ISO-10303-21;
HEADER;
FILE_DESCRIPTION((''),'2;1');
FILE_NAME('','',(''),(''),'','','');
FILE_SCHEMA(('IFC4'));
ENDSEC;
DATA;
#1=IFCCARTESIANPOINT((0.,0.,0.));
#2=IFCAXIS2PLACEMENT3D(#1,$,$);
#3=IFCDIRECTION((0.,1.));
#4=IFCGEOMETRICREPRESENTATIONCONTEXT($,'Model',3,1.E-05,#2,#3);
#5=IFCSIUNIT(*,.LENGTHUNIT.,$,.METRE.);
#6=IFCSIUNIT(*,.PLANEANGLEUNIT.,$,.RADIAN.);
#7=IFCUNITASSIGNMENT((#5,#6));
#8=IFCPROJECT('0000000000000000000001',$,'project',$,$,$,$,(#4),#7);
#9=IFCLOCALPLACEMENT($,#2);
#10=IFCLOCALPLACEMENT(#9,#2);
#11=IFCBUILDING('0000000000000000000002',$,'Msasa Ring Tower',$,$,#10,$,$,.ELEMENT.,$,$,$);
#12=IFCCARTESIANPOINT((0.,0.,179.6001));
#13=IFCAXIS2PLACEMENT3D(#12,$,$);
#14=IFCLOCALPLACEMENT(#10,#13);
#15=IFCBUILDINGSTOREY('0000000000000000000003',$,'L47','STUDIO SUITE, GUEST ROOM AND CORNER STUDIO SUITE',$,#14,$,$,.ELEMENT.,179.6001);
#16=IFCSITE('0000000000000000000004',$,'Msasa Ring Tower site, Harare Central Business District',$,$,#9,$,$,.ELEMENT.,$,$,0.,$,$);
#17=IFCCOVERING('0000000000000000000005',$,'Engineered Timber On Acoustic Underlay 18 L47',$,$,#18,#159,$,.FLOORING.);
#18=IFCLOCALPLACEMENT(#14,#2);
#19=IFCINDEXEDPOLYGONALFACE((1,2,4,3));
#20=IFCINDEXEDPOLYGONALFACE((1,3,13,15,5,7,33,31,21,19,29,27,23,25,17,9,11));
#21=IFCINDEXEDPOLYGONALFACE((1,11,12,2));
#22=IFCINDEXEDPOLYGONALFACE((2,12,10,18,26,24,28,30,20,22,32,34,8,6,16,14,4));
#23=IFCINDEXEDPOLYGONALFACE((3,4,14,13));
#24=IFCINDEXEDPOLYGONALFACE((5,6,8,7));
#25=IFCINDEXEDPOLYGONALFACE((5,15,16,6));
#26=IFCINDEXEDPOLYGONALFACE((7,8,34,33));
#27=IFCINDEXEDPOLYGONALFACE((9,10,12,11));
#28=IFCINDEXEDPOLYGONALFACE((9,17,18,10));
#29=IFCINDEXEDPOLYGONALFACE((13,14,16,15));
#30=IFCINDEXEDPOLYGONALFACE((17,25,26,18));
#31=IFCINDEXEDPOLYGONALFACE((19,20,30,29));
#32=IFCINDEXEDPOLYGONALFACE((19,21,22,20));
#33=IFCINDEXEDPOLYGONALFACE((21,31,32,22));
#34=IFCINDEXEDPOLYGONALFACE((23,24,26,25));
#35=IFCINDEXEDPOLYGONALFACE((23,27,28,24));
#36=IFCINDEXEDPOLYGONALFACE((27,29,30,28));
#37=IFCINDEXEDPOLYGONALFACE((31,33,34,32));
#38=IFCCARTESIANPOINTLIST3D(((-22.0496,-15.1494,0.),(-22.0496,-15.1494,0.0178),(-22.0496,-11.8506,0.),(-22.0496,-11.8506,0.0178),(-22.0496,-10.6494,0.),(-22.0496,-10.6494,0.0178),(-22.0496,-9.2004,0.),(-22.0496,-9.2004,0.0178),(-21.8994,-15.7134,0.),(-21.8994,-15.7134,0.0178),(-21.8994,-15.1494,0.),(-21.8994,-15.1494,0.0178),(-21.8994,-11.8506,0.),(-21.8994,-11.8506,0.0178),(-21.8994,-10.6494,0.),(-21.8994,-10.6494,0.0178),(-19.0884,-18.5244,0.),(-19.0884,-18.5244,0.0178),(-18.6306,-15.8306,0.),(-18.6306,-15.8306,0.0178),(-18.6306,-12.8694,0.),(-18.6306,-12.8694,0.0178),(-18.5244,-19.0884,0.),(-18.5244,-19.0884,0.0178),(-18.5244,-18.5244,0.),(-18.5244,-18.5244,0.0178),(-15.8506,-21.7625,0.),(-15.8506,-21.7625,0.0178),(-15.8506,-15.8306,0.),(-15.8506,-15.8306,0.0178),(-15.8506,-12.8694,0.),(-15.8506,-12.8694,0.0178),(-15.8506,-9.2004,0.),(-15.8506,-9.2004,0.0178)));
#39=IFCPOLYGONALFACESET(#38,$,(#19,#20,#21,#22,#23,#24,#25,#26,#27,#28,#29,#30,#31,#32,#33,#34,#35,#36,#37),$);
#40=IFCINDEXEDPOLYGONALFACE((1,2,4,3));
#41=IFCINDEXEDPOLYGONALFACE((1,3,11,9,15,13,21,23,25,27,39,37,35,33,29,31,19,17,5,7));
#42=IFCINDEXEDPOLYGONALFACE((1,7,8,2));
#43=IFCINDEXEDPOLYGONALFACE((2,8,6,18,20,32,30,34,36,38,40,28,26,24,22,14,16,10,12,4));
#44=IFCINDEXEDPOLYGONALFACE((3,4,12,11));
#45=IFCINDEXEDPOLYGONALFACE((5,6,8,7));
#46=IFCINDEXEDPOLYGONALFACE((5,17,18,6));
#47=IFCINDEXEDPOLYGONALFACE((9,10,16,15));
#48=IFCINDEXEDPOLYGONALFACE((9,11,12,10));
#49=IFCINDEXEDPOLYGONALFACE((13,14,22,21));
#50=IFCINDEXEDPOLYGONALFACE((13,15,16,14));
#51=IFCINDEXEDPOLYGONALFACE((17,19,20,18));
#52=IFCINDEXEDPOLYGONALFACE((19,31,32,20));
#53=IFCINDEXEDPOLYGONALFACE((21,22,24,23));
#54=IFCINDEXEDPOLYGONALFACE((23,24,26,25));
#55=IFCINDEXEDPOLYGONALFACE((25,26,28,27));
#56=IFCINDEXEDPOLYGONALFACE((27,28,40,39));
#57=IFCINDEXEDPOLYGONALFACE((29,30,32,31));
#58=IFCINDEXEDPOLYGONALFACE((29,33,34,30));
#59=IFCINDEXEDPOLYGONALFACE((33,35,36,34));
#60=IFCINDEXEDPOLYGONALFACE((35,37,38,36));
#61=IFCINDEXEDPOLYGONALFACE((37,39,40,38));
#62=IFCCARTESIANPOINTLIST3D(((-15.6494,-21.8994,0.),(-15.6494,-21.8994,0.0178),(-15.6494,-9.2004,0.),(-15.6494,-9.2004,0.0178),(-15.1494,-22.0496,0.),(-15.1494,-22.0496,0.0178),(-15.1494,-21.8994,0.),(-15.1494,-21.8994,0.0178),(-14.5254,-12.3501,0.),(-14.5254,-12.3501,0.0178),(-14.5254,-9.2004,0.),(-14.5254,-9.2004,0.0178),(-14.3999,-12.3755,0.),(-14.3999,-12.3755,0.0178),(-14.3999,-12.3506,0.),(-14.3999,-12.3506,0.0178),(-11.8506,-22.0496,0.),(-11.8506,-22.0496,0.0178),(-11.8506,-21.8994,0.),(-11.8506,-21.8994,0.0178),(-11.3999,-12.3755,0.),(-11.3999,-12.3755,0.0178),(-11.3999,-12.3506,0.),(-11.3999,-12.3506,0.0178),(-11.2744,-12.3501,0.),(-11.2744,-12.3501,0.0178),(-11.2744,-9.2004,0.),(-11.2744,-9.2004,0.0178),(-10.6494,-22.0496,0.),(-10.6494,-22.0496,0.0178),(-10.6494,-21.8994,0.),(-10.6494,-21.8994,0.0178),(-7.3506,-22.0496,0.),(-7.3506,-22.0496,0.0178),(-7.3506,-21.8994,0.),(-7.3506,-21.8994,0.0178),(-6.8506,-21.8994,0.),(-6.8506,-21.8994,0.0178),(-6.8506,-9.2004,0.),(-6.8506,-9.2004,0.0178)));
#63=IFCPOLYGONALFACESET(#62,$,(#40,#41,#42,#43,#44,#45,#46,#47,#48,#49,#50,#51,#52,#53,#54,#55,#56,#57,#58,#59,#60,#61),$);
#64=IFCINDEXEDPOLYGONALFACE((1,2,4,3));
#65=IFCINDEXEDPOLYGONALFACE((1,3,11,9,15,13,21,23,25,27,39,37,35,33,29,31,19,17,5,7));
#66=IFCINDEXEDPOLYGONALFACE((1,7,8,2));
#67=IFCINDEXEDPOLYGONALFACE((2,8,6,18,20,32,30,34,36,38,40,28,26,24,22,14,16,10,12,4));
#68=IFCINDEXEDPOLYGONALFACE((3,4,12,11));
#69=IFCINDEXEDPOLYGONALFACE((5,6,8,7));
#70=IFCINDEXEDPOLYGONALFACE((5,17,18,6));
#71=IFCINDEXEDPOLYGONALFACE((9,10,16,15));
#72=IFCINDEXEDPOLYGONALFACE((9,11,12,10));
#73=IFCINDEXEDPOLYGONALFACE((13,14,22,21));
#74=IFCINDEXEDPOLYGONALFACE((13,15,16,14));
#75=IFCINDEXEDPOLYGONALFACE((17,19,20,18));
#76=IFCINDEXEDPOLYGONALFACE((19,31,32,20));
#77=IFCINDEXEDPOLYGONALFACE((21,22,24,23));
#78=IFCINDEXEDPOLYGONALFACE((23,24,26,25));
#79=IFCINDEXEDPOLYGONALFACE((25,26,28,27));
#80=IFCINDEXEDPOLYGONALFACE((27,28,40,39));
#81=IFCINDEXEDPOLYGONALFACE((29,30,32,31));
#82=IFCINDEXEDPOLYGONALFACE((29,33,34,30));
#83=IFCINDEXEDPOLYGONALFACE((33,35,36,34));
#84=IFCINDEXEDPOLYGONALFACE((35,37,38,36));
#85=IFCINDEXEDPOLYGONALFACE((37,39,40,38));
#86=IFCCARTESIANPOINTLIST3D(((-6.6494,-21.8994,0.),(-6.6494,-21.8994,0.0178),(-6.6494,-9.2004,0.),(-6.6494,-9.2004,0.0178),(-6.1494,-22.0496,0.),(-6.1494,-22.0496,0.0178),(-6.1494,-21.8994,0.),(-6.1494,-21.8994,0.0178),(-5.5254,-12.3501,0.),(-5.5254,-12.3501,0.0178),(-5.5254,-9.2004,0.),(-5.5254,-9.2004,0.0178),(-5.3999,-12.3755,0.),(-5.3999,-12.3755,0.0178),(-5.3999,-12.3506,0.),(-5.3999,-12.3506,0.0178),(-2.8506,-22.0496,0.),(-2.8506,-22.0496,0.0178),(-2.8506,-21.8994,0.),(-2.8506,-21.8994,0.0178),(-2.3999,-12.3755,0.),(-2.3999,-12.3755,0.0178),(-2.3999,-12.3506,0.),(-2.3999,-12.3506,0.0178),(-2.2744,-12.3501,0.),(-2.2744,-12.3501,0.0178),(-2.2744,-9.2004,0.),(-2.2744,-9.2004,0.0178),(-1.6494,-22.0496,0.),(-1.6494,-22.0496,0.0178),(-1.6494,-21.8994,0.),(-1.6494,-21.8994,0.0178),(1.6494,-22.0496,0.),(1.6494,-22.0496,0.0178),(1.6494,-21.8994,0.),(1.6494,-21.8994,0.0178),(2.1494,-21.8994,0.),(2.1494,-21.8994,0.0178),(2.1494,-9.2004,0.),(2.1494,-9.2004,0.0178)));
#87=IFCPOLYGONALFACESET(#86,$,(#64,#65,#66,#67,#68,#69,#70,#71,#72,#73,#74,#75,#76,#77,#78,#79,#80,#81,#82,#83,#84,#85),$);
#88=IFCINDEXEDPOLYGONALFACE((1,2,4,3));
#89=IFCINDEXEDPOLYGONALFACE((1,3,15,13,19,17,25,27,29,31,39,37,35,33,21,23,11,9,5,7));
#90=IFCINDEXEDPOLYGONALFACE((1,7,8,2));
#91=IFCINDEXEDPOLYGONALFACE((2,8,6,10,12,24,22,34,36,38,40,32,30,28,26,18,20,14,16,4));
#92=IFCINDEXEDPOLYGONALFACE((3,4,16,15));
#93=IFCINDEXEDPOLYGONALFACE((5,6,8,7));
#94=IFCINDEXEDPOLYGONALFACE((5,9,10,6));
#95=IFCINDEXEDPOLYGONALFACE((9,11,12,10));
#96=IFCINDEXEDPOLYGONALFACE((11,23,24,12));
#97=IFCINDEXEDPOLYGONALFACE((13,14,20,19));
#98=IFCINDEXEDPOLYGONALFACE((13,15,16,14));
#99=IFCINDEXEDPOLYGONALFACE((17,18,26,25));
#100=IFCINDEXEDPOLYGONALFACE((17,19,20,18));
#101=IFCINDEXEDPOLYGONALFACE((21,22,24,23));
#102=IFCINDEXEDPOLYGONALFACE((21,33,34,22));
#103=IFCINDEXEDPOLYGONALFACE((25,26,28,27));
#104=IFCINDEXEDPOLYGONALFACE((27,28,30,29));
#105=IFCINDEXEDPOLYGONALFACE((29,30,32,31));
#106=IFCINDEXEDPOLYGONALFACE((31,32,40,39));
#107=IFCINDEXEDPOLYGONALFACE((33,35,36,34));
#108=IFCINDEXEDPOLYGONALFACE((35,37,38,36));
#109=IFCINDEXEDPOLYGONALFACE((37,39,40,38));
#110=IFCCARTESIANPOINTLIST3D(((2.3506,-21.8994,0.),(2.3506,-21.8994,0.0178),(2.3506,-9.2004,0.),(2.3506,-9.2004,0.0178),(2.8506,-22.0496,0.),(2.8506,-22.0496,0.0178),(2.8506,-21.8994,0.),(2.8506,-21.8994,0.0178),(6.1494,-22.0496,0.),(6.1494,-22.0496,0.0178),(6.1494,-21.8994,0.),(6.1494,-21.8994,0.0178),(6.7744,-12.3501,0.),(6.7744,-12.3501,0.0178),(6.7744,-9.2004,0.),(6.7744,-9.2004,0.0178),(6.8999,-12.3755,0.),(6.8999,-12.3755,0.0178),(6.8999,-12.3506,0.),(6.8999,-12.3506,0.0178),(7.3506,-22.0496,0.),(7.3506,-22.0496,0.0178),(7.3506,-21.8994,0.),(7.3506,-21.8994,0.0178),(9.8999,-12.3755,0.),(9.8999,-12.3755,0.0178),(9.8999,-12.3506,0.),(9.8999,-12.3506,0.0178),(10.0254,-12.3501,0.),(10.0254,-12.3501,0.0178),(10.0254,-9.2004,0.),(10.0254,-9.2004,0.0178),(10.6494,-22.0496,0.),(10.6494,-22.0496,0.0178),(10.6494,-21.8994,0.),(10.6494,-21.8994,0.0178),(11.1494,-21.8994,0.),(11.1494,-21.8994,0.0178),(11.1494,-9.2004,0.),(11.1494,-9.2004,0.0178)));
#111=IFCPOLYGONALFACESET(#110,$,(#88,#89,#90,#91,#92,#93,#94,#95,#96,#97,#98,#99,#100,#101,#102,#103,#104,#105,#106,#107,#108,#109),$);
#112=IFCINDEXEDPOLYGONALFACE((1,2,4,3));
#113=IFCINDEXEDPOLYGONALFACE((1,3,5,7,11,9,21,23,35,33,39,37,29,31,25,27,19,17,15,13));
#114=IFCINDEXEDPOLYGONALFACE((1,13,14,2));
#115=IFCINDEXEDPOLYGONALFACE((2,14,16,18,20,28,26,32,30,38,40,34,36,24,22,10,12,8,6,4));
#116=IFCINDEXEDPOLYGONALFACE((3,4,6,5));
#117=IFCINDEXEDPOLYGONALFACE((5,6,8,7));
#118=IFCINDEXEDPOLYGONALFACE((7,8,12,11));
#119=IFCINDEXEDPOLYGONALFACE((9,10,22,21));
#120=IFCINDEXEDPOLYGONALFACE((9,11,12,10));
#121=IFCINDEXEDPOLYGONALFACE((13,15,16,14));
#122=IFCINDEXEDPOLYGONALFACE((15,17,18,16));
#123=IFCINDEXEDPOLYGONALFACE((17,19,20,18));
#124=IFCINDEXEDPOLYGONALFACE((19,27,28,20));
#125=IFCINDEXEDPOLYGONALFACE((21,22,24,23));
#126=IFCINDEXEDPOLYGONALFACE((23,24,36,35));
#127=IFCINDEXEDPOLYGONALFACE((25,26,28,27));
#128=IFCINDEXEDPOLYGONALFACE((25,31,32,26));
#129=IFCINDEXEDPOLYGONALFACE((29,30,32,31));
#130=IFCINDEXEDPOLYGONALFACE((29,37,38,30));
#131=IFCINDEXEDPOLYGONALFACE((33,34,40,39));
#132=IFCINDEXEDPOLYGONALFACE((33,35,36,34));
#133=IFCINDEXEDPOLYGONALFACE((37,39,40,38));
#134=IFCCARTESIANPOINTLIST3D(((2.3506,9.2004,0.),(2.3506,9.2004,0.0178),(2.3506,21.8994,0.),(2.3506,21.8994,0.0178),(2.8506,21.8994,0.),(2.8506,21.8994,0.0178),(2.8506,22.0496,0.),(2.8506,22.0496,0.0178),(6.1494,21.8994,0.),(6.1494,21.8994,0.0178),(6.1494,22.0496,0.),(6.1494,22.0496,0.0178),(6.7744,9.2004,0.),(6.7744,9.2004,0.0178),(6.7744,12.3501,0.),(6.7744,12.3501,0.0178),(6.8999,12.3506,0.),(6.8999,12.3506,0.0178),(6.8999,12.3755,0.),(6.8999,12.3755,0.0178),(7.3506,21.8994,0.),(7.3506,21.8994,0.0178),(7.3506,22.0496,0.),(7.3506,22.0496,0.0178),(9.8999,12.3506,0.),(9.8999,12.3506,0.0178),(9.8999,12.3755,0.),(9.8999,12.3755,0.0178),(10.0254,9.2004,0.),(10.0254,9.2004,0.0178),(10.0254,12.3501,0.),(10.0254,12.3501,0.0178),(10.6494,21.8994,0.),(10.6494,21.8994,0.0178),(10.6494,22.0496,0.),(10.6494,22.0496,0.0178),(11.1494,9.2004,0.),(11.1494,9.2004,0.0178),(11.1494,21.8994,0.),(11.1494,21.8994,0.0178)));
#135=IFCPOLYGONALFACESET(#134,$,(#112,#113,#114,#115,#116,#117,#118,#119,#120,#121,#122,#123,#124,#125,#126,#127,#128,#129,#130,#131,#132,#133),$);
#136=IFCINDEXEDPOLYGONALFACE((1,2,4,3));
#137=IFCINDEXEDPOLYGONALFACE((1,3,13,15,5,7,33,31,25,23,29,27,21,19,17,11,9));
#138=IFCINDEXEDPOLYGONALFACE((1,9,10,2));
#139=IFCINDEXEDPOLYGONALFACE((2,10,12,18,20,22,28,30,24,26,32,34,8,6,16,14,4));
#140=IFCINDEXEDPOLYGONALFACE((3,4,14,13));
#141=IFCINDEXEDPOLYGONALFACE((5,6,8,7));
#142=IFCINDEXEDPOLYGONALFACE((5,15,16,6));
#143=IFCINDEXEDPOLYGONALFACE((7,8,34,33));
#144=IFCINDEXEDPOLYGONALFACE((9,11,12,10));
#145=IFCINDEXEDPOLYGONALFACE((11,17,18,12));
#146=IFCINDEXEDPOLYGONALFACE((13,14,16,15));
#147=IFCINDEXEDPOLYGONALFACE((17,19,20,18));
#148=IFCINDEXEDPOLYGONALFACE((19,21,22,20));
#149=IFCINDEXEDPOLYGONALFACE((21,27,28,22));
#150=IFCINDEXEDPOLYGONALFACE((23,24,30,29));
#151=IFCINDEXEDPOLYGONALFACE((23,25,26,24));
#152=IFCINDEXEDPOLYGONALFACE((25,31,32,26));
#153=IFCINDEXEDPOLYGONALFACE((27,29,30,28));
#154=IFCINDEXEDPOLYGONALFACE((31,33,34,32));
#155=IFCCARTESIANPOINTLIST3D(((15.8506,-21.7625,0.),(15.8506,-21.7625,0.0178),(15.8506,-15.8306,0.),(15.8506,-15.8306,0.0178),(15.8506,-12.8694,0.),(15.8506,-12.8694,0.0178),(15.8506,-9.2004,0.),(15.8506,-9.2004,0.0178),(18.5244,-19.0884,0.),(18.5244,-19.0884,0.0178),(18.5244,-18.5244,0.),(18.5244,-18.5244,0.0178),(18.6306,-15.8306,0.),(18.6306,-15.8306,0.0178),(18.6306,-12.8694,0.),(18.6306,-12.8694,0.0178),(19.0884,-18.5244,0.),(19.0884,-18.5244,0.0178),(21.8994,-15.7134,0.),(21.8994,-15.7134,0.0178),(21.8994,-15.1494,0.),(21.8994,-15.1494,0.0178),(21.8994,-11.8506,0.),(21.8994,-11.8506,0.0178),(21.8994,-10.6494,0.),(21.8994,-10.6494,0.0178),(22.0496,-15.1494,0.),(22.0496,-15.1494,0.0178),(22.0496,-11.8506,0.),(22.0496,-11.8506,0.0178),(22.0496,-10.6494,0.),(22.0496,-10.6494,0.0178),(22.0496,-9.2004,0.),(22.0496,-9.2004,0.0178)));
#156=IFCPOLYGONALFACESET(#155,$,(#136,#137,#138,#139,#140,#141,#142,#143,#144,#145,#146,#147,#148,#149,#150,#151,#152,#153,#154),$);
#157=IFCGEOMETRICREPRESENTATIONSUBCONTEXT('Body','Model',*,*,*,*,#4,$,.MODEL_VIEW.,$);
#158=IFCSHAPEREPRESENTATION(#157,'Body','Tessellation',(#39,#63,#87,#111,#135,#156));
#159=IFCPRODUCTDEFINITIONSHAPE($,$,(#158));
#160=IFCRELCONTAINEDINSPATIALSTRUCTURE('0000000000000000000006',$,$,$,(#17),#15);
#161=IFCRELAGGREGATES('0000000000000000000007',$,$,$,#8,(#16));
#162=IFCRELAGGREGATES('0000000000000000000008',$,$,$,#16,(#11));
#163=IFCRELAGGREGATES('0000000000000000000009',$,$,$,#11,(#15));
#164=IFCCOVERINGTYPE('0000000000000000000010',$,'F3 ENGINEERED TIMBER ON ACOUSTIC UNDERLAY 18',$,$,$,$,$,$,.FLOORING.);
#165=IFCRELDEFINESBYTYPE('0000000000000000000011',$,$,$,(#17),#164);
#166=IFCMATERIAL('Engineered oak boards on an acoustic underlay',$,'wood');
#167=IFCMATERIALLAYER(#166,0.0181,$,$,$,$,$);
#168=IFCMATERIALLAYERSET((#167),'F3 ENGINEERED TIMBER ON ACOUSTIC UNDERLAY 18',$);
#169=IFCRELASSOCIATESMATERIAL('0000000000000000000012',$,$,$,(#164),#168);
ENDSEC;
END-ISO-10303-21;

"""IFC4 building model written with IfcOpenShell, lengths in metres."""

from ifc_helpers import new_model, si_unit, direction, frame, origin, place, context, subcontext, project, spatial, line, indexed_curve, outline, extrude, material, layer, layer_set, type_object, element, save


model = new_model("IFC4")

# Units and contexts
model_context = context("Model", 3, precision=1e-05, world=origin(), true_north=direction((0.0, 1.0)))
body_context = subcontext(model_context, "Body", "Model", "MODEL_VIEW")
ifc_project = project(units=[si_unit("LENGTHUNIT", "METRE"), si_unit("PLANEANGLEUNIT", "RADIAN")], contexts=[model_context])

# Site, building, storey
site_placement = place(None, origin())
site = spatial("IfcSite", under=ifc_project, at=site_placement, Name="Msasa Ring Tower site, Harare Central Business District", CompositionType="ELEMENT", RefElevation=0.0)
building_placement = place(site_placement, origin())
building = spatial("IfcBuilding", under=site, at=building_placement, Name="Msasa Ring Tower", CompositionType="ELEMENT")
storey_placement = place(building_placement, frame((0.0, 0.0, 179.6001)))
storey = spatial("IfcBuildingStorey", under=building, at=storey_placement, Name="L47", Description="STUDIO SUITE, GUEST ROOM AND CORNER STUDIO SUITE", CompositionType="ELEMENT", Elevation=179.6001)

# Covering
ifc_material_1 = material(Name="Engineered oak boards on an acoustic underlay", Category="wood")
ifc_layer_1 = layer(ifc_material_1, 0.0181)
ifc_layer_set_1 = layer_set([ifc_layer_1], Name="F3 ENGINEERED TIMBER ON ACOUSTIC UNDERLAY 18")
covering_type_1 = type_object("IfcCoveringType", Name="F3 ENGINEERED TIMBER ON ACOUSTIC UNDERLAY 18", PredefinedType="FLOORING", material=ifc_layer_set_1)
covering_1_placement = place(storey_placement, origin())
element("IfcCovering", 1, at=covering_1_placement, inside=storey, type_object=covering_type_1, Name="Engineered Timber On Acoustic Underlay 18 L47", PredefinedType="FLOORING", context=body_context, shape_type="SweptSolid", body=[
    extrude(outline(indexed_curve([(-15.8506, -15.8306), (-15.8506, -21.7625), (-18.5244, -19.0884), (-18.5244, -18.5244), (-19.0884, -18.5244), (-21.8994, -15.7134), (-21.8994, -15.1494), (-22.0496, -15.1494), (-22.0496, -11.8506), (-21.8994, -11.8506), (-21.8994, -10.6494), (-22.0496, -10.6494), (-22.0496, -9.2004), (-15.8506, -9.2004), (-15.8506, -12.8694), (-18.6306, -12.8694), (-18.6306, -15.8306)], segments=[line(1, 2, 3, 4, 5, 6, 7, 8, 9, 10, 11, 12, 13, 14, 15, 16, 17, 1)], self_intersect=False)), origin(), (0.0, 0.0, 1.0), 0.0178),
    extrude(outline(indexed_curve([(-14.5254, -9.2004), (-14.5254, -12.3501), (-14.3999, -12.3506), (-14.3999, -12.3755), (-11.3999, -12.3755), (-11.3999, -12.3506), (-11.2744, -12.3501), (-11.2744, -9.2004), (-6.8506, -9.2004), (-6.8506, -21.8994), (-7.3506, -21.8994), (-7.3506, -22.0496), (-10.6494, -22.0496), (-10.6494, -21.8994), (-11.8506, -21.8994), (-11.8506, -22.0496), (-15.1494, -22.0496), (-15.1494, -21.8994), (-15.6494, -21.8994), (-15.6494, -9.2004)], segments=[line(1, 2, 3, 4, 5, 6, 7, 8, 9, 10, 11, 12, 13, 14, 15, 16, 17, 18, 19, 20, 1)], self_intersect=False)), origin(), (0.0, 0.0, 1.0), 0.0178),
    extrude(outline(indexed_curve([(-5.3999, -12.3506), (-5.3999, -12.3755), (-2.3999, -12.3755), (-2.3999, -12.3506), (-2.2744, -12.3501), (-2.2744, -9.2004), (2.1494, -9.2004), (2.1494, -21.8994), (1.6494, -21.8994), (1.6494, -22.0496), (-1.6494, -22.0496), (-1.6494, -21.8994), (-2.8506, -21.8994), (-2.8506, -22.0496), (-6.1494, -22.0496), (-6.1494, -21.8994), (-6.6494, -21.8994), (-6.6494, -9.2004), (-5.5254, -9.2004), (-5.5254, -12.3501)], segments=[line(1, 2, 3, 4, 5, 6, 7, 8, 9, 10, 11, 12, 13, 14, 15, 16, 17, 18, 19, 20, 1)], self_intersect=False)), origin(), (0.0, 0.0, 1.0), 0.0178),
    extrude(outline(indexed_curve([(6.8999, -12.3506), (6.8999, -12.3755), (9.8999, -12.3755), (9.8999, -12.3506), (10.0254, -12.3501), (10.0254, -9.2004), (11.1494, -9.2004), (11.1494, -21.8994), (10.6494, -21.8994), (10.6494, -22.0496), (7.3506, -22.0496), (7.3506, -21.8994), (6.1494, -21.8994), (6.1494, -22.0496), (2.8506, -22.0496), (2.8506, -21.8994), (2.3506, -21.8994), (2.3506, -9.2004), (6.7744, -9.2004), (6.7744, -12.3501)], segments=[line(1, 2, 3, 4, 5, 6, 7, 8, 9, 10, 11, 12, 13, 14, 15, 16, 17, 18, 19, 20, 1)], self_intersect=False)), origin(), (0.0, 0.0, 1.0), 0.0178),
    extrude(outline(indexed_curve([(9.8999, 12.3506), (9.8999, 12.3755), (6.8999, 12.3755), (6.8999, 12.3506), (6.7744, 12.3501), (6.7744, 9.2004), (2.3506, 9.2004), (2.3506, 21.8994), (2.8506, 21.8994), (2.8506, 22.0496), (6.1494, 22.0496), (6.1494, 21.8994), (7.3506, 21.8994), (7.3506, 22.0496), (10.6494, 22.0496), (10.6494, 21.8994), (11.1494, 21.8994), (11.1494, 9.2004), (10.0254, 9.2004), (10.0254, 12.3501)], segments=[line(1, 2, 3, 4, 5, 6, 7, 8, 9, 10, 11, 12, 13, 14, 15, 16, 17, 18, 19, 20, 1)], self_intersect=False)), origin(), (0.0, 0.0, 1.0), 0.0178),
    extrude(outline(indexed_curve([(18.6306, -12.8694), (15.8506, -12.8694), (15.8506, -9.2004), (22.0496, -9.2004), (22.0496, -10.6494), (21.8994, -10.6494), (21.8994, -11.8506), (22.0496, -11.8506), (22.0496, -15.1494), (21.8994, -15.1494), (21.8994, -15.7134), (19.0884, -18.5244), (18.5244, -18.5244), (18.5244, -19.0884), (15.8506, -21.7625), (15.8506, -15.8306), (18.6306, -15.8306)], segments=[line(1, 2, 3, 4, 5, 6, 7, 8, 9, 10, 11, 12, 13, 14, 15, 16, 17, 1)], self_intersect=False)), origin(), (0.0, 0.0, 1.0), 0.0178),
])

save(model, "model.ifc")
